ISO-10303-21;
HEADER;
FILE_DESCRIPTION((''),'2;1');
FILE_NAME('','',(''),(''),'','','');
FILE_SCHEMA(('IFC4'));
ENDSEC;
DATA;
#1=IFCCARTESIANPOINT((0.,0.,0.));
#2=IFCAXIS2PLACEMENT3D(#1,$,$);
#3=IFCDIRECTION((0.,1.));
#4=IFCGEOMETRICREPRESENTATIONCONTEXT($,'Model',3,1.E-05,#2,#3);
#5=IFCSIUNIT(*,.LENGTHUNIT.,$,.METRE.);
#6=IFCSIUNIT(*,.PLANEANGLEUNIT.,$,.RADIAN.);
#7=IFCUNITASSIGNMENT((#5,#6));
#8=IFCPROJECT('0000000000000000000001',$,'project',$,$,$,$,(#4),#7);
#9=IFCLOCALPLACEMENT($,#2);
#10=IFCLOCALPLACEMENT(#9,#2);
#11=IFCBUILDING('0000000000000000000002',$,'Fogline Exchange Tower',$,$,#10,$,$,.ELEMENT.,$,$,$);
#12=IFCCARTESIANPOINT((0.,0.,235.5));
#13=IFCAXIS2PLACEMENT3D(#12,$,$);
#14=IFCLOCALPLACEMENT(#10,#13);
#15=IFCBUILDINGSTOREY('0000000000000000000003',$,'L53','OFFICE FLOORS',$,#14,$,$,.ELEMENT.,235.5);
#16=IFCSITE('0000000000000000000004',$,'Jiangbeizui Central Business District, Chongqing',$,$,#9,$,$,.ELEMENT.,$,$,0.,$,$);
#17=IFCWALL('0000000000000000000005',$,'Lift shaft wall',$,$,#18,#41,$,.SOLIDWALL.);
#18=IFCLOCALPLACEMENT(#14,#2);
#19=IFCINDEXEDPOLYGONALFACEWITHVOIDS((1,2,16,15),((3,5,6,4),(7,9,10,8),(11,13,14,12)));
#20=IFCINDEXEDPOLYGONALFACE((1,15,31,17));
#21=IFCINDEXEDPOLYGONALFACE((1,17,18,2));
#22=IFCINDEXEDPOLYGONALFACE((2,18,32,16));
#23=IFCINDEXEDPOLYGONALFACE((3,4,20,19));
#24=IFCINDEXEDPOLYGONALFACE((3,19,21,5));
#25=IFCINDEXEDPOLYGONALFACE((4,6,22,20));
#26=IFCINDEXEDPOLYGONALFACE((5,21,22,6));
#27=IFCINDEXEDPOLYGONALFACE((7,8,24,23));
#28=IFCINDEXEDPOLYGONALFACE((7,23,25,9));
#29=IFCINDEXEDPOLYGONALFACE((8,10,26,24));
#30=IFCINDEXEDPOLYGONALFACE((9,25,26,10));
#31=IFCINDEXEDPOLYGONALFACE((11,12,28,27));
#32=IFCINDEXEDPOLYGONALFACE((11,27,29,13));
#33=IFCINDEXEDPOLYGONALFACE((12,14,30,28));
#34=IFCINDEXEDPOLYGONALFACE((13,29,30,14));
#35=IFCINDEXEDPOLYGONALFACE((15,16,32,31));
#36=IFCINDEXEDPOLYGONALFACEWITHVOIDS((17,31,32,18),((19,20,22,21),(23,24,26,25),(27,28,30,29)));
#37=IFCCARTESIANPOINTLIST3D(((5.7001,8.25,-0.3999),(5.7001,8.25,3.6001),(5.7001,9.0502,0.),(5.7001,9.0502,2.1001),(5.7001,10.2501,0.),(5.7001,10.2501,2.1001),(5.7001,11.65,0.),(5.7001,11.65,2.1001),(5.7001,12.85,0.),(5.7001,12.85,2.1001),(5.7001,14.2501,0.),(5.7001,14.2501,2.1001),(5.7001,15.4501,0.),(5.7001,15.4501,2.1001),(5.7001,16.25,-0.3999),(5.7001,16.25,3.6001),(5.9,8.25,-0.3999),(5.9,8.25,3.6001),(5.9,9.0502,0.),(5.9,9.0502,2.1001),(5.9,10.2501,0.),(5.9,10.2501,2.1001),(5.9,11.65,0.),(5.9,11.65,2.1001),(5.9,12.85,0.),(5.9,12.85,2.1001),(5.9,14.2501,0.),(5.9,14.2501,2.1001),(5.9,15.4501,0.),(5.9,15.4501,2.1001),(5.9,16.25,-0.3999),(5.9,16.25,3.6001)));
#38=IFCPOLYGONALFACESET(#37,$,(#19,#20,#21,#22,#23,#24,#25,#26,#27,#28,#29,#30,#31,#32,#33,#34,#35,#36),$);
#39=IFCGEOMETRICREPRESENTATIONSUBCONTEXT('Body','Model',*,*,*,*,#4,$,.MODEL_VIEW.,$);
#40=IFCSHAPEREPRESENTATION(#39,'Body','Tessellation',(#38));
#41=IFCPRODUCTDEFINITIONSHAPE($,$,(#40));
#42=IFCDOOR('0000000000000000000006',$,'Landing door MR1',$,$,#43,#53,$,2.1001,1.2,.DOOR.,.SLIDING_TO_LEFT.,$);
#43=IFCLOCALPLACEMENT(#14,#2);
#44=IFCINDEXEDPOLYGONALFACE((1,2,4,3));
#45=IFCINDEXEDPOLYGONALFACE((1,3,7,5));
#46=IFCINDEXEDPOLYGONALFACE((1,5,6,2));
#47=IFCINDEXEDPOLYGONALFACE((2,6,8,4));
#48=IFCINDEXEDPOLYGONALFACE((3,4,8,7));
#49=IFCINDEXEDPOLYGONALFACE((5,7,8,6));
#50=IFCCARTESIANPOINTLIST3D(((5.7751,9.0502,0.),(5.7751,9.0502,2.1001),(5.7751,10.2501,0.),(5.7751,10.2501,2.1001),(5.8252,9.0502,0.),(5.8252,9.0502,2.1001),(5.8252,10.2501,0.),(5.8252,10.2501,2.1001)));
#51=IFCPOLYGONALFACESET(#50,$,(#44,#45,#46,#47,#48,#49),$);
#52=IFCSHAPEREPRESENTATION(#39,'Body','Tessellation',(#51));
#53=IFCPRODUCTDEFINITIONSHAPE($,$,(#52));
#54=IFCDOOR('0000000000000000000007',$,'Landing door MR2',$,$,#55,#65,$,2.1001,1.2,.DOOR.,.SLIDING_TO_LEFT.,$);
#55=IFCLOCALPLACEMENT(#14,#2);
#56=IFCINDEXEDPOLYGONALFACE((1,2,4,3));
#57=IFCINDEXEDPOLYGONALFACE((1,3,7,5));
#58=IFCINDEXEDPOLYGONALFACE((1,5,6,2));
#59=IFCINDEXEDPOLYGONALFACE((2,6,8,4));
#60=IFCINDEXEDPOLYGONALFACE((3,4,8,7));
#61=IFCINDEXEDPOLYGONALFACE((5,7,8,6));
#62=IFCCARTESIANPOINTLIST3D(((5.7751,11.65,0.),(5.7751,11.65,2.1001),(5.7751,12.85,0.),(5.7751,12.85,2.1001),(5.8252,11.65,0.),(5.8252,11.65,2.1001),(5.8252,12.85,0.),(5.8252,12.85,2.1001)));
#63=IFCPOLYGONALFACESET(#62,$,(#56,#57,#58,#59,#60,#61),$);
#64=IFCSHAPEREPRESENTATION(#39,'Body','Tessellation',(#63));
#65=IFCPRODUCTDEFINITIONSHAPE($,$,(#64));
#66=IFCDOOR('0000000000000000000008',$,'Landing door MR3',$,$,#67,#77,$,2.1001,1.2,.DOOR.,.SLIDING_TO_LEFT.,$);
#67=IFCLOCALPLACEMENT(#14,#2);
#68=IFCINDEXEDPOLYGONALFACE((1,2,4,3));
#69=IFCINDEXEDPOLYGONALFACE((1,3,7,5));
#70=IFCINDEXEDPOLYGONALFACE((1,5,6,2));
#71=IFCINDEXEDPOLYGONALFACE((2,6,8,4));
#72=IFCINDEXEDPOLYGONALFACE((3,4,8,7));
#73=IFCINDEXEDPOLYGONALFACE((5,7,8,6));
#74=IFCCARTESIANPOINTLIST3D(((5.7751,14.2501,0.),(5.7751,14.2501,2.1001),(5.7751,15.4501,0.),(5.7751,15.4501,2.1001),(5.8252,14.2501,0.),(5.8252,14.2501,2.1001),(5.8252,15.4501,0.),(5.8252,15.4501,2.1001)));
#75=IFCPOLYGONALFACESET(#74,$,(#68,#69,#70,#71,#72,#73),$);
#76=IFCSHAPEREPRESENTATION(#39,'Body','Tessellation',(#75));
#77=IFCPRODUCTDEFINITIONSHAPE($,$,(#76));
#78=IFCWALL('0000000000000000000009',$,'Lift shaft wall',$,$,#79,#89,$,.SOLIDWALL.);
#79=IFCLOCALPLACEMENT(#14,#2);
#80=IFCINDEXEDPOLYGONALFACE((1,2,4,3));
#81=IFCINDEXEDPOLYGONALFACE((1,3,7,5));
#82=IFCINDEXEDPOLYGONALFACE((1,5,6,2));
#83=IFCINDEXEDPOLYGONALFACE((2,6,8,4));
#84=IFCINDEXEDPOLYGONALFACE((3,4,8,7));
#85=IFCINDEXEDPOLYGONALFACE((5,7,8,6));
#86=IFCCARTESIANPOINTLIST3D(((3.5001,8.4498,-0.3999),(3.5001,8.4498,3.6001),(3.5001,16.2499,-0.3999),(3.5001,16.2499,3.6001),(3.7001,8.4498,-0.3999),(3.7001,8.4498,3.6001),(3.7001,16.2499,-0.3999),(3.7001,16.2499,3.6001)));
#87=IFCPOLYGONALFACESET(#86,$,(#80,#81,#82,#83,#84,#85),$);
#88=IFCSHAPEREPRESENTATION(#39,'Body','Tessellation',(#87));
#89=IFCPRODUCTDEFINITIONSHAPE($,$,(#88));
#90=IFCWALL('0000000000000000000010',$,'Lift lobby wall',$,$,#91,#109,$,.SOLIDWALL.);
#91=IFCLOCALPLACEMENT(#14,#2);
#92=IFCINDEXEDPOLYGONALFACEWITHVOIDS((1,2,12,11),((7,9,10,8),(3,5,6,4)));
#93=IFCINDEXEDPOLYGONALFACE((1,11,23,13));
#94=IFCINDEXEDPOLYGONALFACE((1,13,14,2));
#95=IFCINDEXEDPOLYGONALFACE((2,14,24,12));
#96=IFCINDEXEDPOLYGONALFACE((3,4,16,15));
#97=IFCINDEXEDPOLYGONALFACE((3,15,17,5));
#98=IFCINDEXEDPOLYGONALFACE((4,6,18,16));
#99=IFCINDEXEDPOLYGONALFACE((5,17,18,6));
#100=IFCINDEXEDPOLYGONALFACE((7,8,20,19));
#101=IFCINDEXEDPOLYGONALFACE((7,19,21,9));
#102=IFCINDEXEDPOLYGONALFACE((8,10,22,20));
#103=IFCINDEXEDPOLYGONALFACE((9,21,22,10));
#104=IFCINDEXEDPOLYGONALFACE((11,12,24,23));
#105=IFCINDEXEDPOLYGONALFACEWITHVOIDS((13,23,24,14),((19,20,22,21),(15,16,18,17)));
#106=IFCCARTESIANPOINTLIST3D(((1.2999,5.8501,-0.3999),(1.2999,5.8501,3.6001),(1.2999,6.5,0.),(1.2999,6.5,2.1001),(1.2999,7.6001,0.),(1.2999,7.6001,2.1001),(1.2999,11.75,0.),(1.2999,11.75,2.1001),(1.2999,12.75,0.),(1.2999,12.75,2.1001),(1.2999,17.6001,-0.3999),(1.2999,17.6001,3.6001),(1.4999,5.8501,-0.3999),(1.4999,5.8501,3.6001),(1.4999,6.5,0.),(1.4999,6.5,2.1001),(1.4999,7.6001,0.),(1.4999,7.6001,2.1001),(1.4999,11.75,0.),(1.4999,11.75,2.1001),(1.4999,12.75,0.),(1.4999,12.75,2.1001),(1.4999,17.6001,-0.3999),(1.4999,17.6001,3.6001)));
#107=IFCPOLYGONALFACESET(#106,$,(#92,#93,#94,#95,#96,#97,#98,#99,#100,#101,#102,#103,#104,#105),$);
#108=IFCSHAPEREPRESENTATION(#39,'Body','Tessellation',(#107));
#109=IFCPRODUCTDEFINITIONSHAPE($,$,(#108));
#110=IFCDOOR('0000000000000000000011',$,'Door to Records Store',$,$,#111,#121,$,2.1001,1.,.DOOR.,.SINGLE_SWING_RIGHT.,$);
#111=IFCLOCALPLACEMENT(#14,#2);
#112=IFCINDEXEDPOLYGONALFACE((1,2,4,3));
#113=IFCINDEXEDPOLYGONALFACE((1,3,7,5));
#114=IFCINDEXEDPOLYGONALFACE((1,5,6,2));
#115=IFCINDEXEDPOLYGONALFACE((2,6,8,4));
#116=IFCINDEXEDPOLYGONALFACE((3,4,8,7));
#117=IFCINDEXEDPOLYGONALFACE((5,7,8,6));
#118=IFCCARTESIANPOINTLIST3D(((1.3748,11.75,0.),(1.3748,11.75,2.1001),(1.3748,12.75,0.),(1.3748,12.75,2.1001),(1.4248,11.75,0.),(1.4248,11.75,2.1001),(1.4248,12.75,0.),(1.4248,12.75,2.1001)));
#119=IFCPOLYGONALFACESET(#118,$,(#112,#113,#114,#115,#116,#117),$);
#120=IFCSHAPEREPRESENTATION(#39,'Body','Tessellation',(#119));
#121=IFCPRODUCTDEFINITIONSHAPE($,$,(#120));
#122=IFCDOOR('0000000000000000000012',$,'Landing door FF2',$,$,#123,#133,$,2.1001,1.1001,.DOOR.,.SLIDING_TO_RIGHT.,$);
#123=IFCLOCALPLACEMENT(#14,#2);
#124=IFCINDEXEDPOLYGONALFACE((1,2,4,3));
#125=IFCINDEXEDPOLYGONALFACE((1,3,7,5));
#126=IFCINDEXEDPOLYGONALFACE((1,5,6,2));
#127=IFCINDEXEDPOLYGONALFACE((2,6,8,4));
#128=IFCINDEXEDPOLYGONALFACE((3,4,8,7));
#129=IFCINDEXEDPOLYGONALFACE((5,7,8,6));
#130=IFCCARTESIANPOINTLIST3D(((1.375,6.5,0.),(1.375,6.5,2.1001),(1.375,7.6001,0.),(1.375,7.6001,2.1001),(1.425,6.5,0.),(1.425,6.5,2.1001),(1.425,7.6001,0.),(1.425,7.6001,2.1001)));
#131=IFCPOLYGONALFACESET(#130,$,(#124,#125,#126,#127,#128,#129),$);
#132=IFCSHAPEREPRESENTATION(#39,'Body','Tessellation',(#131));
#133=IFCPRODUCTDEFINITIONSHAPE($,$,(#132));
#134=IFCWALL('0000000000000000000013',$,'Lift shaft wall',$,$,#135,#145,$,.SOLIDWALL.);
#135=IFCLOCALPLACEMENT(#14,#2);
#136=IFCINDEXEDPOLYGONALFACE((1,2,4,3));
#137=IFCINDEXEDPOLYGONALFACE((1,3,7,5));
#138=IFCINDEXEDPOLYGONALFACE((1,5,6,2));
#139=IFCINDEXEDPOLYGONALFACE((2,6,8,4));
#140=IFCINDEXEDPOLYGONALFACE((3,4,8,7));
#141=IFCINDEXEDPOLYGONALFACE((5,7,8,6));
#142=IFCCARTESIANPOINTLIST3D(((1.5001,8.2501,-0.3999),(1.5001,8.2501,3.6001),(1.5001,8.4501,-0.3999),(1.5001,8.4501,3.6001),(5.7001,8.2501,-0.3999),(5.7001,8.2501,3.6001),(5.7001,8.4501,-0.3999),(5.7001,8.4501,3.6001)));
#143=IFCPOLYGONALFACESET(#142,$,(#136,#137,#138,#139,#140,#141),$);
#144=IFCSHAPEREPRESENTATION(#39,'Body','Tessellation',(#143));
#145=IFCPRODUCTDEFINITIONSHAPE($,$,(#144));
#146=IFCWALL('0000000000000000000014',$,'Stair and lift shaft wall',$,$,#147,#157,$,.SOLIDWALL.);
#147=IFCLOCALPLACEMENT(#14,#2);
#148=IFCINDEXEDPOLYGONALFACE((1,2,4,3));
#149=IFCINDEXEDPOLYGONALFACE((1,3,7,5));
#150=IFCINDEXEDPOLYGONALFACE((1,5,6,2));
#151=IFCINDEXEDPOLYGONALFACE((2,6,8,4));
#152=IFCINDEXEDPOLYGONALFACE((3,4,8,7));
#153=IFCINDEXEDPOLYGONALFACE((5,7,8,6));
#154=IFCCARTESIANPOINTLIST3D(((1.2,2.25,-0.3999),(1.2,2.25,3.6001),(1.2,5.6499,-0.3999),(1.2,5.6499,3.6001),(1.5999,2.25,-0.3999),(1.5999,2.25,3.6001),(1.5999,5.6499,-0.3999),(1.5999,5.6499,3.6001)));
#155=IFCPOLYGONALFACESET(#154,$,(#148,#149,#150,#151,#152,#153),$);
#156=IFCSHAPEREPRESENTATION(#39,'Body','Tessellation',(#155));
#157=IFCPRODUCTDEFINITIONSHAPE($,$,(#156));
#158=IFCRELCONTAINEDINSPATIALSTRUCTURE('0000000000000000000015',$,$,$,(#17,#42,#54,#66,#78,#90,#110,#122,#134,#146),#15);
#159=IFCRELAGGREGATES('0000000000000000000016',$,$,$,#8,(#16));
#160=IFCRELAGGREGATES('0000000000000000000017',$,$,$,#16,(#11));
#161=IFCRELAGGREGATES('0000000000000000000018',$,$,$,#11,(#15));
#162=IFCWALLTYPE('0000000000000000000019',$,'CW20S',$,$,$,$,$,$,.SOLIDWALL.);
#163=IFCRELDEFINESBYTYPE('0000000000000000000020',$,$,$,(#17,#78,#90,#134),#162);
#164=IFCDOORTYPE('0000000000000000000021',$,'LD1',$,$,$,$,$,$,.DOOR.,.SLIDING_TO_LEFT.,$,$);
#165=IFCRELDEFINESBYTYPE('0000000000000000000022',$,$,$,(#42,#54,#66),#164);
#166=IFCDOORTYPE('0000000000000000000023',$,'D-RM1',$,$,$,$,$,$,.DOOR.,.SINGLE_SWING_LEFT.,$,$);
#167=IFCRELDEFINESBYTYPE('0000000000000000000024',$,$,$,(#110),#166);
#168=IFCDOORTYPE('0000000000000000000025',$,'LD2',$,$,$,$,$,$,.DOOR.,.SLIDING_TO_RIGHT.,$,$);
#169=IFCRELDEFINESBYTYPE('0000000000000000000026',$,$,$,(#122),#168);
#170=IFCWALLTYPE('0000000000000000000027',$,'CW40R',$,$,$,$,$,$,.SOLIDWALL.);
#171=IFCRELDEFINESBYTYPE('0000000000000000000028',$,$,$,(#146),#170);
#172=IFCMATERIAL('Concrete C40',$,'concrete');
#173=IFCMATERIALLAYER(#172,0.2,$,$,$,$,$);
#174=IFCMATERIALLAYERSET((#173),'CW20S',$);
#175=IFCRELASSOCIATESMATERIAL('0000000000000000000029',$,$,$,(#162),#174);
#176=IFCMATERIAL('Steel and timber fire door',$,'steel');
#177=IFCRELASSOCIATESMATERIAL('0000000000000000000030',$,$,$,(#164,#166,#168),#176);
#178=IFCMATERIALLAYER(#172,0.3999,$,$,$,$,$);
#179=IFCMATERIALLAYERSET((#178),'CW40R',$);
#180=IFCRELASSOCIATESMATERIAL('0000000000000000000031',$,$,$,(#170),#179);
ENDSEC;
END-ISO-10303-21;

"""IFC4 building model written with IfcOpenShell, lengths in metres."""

from ifc_helpers import new_model, si_unit, direction, frame, frame_2d, origin, place, context, subcontext, project, spatial, rectangle, extrude, material, layer, layer_set, type_object, element, fill, save


model = new_model("IFC4")

# Units and contexts
model_context = context("Model", 3, precision=1e-05, world=origin(), true_north=direction((0.0, 1.0)))
body_context = subcontext(model_context, "Body", "Model", "MODEL_VIEW")
ifc_project = project(units=[si_unit("LENGTHUNIT", "METRE"), si_unit("PLANEANGLEUNIT", "RADIAN")], contexts=[model_context])

# Site, building, storey
site_placement = place(None, origin())
site = spatial("IfcSite", under=ifc_project, at=site_placement, Name="Jiangbeizui Central Business District, Chongqing", CompositionType="ELEMENT", RefElevation=0.0)
building_placement = place(site_placement, origin())
building = spatial("IfcBuilding", under=site, at=building_placement, Name="Fogline Exchange Tower", CompositionType="ELEMENT")
storey_placement = place(building_placement, frame((0.0, 0.0, 235.5)))
storey = spatial("IfcBuildingStorey", under=building, at=storey_placement, Name="L53", Description="OFFICE FLOORS", CompositionType="ELEMENT", Elevation=235.5)

# Shared definitions
ifc_material_1 = material(Name="Concrete C40", Category="concrete")

# Shared definitions
ifc_material_2 = material(Name="Steel and timber fire door", Category="steel")

# Shared definitions
ifc_layer_1 = layer(ifc_material_1, 0.2)
ifc_layer_set_1 = layer_set([ifc_layer_1], Name="CW20S")
wall_type_1 = type_object("IfcWallType", Name="CW20S", PredefinedType="SOLIDWALL", material=ifc_layer_set_1)

# Wall, openings, doors
wall_1_placement = place(storey_placement, frame((5.8, 8.25, -0.3999), z_axis=(0.0, 0.0, 1.0), x_axis=(0.0, 1.0, 0.0)))
wall_1 = element("IfcWall", 1, at=wall_1_placement, inside=storey, type_object=wall_type_1, Name="Lift shaft wall", PredefinedType="SOLIDWALL", context=body_context, shape_type="SweptSolid", body=[
    extrude(rectangle(XDim=8.0, YDim=0.2, at=frame_2d((4.0, 0.0))), origin(), (0.0, 0.0, 1.0), 4.0),
])
opening_1_placement = place(wall_1_placement, frame((0.8, 0.0, 0.3999)))
opening_1 = element("IfcOpeningElement", 2, at=opening_1_placement, cuts=wall_1, PredefinedType="OPENING", context=body_context, shape_type="SweptSolid", body=[
    extrude(rectangle(XDim=1.2, YDim=2.1001, at=frame_2d((0.6001, 1.05))), frame((0.0, 0.1099, 0.0), z_axis=(0.0, -1.0, 0.0), x_axis=(1.0, 0.0, 0.0)), (0.0, 0.0, 1.0), 0.22),
])
opening_2_placement = place(wall_1_placement, frame((3.3999, 0.0, 0.3999)))
opening_2 = element("IfcOpeningElement", 3, at=opening_2_placement, cuts=wall_1, PredefinedType="OPENING", context=body_context, shape_type="SweptSolid", body=[
    extrude(rectangle(XDim=1.2, YDim=2.1001, at=frame_2d((0.6001, 1.05))), frame((0.0, 0.1099, 0.0), z_axis=(0.0, -1.0, 0.0), x_axis=(1.0, 0.0, 0.0)), (0.0, 0.0, 1.0), 0.22),
])
opening_3_placement = place(wall_1_placement, frame((6.0, 0.0, 0.3999)))
opening_3 = element("IfcOpeningElement", 4, at=opening_3_placement, cuts=wall_1, PredefinedType="OPENING", context=body_context, shape_type="SweptSolid", body=[
    extrude(rectangle(XDim=1.2, YDim=2.1001, at=frame_2d((0.6001, 1.05))), frame((0.0, 0.1099, 0.0), z_axis=(0.0, -1.0, 0.0), x_axis=(1.0, 0.0, 0.0)), (0.0, 0.0, 1.0), 0.22),
])
door_type_1 = type_object("IfcDoorType", Name="LD1", OperationType="SLIDING_TO_LEFT", PredefinedType="DOOR", material=ifc_material_2)
door_1_placement = place(opening_1_placement, origin())
door_1 = element("IfcDoor", 5, at=door_1_placement, inside=storey, type_object=door_type_1, Name="Landing door MR1", OperationType="SLIDING_TO_LEFT", OverallHeight=2.1001, OverallWidth=1.2, PredefinedType="DOOR", context=body_context, shape_type="SweptSolid", body=[
    extrude(rectangle(XDim=1.2, YDim=2.1001, at=frame_2d((0.6001, 1.05))), frame((0.0, 0.0249, 0.0), z_axis=(0.0, -1.0, 0.0), x_axis=(1.0, 0.0, 0.0)), (0.0, 0.0, 1.0), 0.05),
])
fill(opening_1, door_1)
door_2_placement = place(opening_2_placement, origin())
door_2 = element("IfcDoor", 6, at=door_2_placement, inside=storey, type_object=door_type_1, Name="Landing door MR2", OperationType="SLIDING_TO_LEFT", OverallHeight=2.1001, OverallWidth=1.2, PredefinedType="DOOR", context=body_context, shape_type="SweptSolid", body=[
    extrude(rectangle(XDim=1.2, YDim=2.1001, at=frame_2d((0.6001, 1.05))), frame((0.0, 0.0249, 0.0), z_axis=(0.0, -1.0, 0.0), x_axis=(1.0, 0.0, 0.0)), (0.0, 0.0, 1.0), 0.05),
])
fill(opening_2, door_2)
door_3_placement = place(opening_3_placement, origin())
door_3 = element("IfcDoor", 7, at=door_3_placement, inside=storey, type_object=door_type_1, Name="Landing door MR3", OperationType="SLIDING_TO_LEFT", OverallHeight=2.1001, OverallWidth=1.2, PredefinedType="DOOR", context=body_context, shape_type="SweptSolid", body=[
    extrude(rectangle(XDim=1.2, YDim=2.1001, at=frame_2d((0.6001, 1.05))), frame((0.0, 0.0249, 0.0), z_axis=(0.0, -1.0, 0.0), x_axis=(1.0, 0.0, 0.0)), (0.0, 0.0, 1.0), 0.05),
])
fill(opening_3, door_3)

# Wall
wall_2_placement = place(storey_placement, frame((3.6001, 8.45, -0.3999), z_axis=(0.0, 0.0, 1.0), x_axis=(0.0, 1.0, 0.0)))
element("IfcWall", 8, at=wall_2_placement, inside=storey, type_object=wall_type_1, Name="Lift shaft wall", PredefinedType="SOLIDWALL", context=body_context, shape_type="SweptSolid", body=[
    extrude(rectangle(XDim=7.8, YDim=0.2, at=frame_2d((3.8999, 0.0))), origin(), (0.0, 0.0, 1.0), 4.0),
])

# Wall, openings, doors
wall_3_placement = place(storey_placement, frame((1.3999, 5.8501, -0.3999), z_axis=(0.0, 0.0, 1.0), x_axis=(0.0, 1.0, 0.0)))
wall_3 = element("IfcWall", 9, at=wall_3_placement, inside=storey, type_object=wall_type_1, Name="Lift lobby wall", PredefinedType="SOLIDWALL", context=body_context, shape_type="SweptSolid", body=[
    extrude(rectangle(XDim=11.75, YDim=0.2, at=frame_2d((5.875, 0.0))), origin(), (0.0, 0.0, 1.0), 4.0),
])
opening_4_placement = place(wall_3_placement, frame((0.6499, 0.0, 0.3999)))
opening_4 = element("IfcOpeningElement", 10, at=opening_4_placement, cuts=wall_3, PredefinedType="OPENING", context=body_context, shape_type="SweptSolid", body=[
    extrude(rectangle(XDim=1.1001, YDim=2.1001, at=frame_2d((0.55, 1.05))), frame((0.0, 0.1099, 0.0), z_axis=(0.0, -1.0, 0.0), x_axis=(1.0, 0.0, 0.0)), (0.0, 0.0, 1.0), 0.22),
])
opening_5_placement = place(wall_3_placement, frame((5.8999, 0.0, 0.3999)))
opening_5 = element("IfcOpeningElement", 11, at=opening_5_placement, cuts=wall_3, PredefinedType="OPENING", context=body_context, shape_type="SweptSolid", body=[
    extrude(rectangle(XDim=1.0, YDim=2.1001, at=frame_2d((0.5, 1.05))), frame((0.0, 0.1099, 0.0), z_axis=(0.0, -1.0, 0.0), x_axis=(1.0, 0.0, 0.0)), (0.0, 0.0, 1.0), 0.22),
])
door_type_2 = type_object("IfcDoorType", Name="D-RM1", OperationType="SINGLE_SWING_LEFT", PredefinedType="DOOR", material=ifc_material_2)
door_4_placement = place(opening_5_placement, frame((1.0, 0.0, 0.0), z_axis=(0.0, 0.0, 1.0), x_axis=(-1.0, 0.0, 0.0)))
door_4 = element("IfcDoor", 12, at=door_4_placement, inside=storey, type_object=door_type_2, Name="Door to Records Store", OperationType="SINGLE_SWING_RIGHT", OverallHeight=2.1001, OverallWidth=1.0, PredefinedType="DOOR", context=body_context, shape_type="SweptSolid", body=[
    extrude(rectangle(XDim=1.0, YDim=2.1001, at=frame_2d((0.5, 1.05))), frame((0.0, 0.0249, 0.0), z_axis=(0.0, -1.0, 0.0), x_axis=(1.0, 0.0, 0.0)), (0.0, 0.0, 1.0), 0.05),
])
fill(opening_5, door_4)
door_type_3 = type_object("IfcDoorType", Name="LD2", OperationType="SLIDING_TO_RIGHT", PredefinedType="DOOR", material=ifc_material_2)
door_5_placement = place(opening_4_placement, origin())
door_5 = element("IfcDoor", 13, at=door_5_placement, inside=storey, type_object=door_type_3, Name="Landing door FF2", OperationType="SLIDING_TO_RIGHT", OverallHeight=2.1001, OverallWidth=1.1001, PredefinedType="DOOR", context=body_context, shape_type="SweptSolid", body=[
    extrude(rectangle(XDim=1.1001, YDim=2.1001, at=frame_2d((0.55, 1.05))), frame((0.0, 0.0249, 0.0), z_axis=(0.0, -1.0, 0.0), x_axis=(1.0, 0.0, 0.0)), (0.0, 0.0, 1.0), 0.05),
])
fill(opening_4, door_5)

# Walls
wall_4_placement = place(storey_placement, frame((1.5, 8.3501, -0.3999), z_axis=(0.0, 0.0, 1.0), x_axis=(1.0, 0.0, 0.0)))
element("IfcWall", 14, at=wall_4_placement, inside=storey, type_object=wall_type_1, Name="Lift shaft wall", PredefinedType="SOLIDWALL", context=body_context, shape_type="SweptSolid", body=[
    extrude(rectangle(XDim=4.2, YDim=0.2, at=frame_2d((2.1001, 0.0))), origin(), (0.0, 0.0, 1.0), 4.0),
])
ifc_layer_2 = layer(ifc_material_1, 0.3999)
ifc_layer_set_2 = layer_set([ifc_layer_2], Name="CW40R")
wall_type_2 = type_object("IfcWallType", Name="CW40R", PredefinedType="SOLIDWALL", material=ifc_layer_set_2)
wall_5_placement = place(storey_placement, frame((1.3999, 2.25, -0.3999), z_axis=(0.0, 0.0, 1.0), x_axis=(0.0, 1.0, 0.0)))
element("IfcWall", 15, at=wall_5_placement, inside=storey, type_object=wall_type_2, Name="Stair and lift shaft wall", PredefinedType="SOLIDWALL", context=body_context, shape_type="SweptSolid", body=[
    extrude(rectangle(XDim=3.3999, YDim=0.3999, at=frame_2d((1.7, 0.0))), origin(), (0.0, 0.0, 1.0), 4.0),
])

save(model, "model.ifc")
